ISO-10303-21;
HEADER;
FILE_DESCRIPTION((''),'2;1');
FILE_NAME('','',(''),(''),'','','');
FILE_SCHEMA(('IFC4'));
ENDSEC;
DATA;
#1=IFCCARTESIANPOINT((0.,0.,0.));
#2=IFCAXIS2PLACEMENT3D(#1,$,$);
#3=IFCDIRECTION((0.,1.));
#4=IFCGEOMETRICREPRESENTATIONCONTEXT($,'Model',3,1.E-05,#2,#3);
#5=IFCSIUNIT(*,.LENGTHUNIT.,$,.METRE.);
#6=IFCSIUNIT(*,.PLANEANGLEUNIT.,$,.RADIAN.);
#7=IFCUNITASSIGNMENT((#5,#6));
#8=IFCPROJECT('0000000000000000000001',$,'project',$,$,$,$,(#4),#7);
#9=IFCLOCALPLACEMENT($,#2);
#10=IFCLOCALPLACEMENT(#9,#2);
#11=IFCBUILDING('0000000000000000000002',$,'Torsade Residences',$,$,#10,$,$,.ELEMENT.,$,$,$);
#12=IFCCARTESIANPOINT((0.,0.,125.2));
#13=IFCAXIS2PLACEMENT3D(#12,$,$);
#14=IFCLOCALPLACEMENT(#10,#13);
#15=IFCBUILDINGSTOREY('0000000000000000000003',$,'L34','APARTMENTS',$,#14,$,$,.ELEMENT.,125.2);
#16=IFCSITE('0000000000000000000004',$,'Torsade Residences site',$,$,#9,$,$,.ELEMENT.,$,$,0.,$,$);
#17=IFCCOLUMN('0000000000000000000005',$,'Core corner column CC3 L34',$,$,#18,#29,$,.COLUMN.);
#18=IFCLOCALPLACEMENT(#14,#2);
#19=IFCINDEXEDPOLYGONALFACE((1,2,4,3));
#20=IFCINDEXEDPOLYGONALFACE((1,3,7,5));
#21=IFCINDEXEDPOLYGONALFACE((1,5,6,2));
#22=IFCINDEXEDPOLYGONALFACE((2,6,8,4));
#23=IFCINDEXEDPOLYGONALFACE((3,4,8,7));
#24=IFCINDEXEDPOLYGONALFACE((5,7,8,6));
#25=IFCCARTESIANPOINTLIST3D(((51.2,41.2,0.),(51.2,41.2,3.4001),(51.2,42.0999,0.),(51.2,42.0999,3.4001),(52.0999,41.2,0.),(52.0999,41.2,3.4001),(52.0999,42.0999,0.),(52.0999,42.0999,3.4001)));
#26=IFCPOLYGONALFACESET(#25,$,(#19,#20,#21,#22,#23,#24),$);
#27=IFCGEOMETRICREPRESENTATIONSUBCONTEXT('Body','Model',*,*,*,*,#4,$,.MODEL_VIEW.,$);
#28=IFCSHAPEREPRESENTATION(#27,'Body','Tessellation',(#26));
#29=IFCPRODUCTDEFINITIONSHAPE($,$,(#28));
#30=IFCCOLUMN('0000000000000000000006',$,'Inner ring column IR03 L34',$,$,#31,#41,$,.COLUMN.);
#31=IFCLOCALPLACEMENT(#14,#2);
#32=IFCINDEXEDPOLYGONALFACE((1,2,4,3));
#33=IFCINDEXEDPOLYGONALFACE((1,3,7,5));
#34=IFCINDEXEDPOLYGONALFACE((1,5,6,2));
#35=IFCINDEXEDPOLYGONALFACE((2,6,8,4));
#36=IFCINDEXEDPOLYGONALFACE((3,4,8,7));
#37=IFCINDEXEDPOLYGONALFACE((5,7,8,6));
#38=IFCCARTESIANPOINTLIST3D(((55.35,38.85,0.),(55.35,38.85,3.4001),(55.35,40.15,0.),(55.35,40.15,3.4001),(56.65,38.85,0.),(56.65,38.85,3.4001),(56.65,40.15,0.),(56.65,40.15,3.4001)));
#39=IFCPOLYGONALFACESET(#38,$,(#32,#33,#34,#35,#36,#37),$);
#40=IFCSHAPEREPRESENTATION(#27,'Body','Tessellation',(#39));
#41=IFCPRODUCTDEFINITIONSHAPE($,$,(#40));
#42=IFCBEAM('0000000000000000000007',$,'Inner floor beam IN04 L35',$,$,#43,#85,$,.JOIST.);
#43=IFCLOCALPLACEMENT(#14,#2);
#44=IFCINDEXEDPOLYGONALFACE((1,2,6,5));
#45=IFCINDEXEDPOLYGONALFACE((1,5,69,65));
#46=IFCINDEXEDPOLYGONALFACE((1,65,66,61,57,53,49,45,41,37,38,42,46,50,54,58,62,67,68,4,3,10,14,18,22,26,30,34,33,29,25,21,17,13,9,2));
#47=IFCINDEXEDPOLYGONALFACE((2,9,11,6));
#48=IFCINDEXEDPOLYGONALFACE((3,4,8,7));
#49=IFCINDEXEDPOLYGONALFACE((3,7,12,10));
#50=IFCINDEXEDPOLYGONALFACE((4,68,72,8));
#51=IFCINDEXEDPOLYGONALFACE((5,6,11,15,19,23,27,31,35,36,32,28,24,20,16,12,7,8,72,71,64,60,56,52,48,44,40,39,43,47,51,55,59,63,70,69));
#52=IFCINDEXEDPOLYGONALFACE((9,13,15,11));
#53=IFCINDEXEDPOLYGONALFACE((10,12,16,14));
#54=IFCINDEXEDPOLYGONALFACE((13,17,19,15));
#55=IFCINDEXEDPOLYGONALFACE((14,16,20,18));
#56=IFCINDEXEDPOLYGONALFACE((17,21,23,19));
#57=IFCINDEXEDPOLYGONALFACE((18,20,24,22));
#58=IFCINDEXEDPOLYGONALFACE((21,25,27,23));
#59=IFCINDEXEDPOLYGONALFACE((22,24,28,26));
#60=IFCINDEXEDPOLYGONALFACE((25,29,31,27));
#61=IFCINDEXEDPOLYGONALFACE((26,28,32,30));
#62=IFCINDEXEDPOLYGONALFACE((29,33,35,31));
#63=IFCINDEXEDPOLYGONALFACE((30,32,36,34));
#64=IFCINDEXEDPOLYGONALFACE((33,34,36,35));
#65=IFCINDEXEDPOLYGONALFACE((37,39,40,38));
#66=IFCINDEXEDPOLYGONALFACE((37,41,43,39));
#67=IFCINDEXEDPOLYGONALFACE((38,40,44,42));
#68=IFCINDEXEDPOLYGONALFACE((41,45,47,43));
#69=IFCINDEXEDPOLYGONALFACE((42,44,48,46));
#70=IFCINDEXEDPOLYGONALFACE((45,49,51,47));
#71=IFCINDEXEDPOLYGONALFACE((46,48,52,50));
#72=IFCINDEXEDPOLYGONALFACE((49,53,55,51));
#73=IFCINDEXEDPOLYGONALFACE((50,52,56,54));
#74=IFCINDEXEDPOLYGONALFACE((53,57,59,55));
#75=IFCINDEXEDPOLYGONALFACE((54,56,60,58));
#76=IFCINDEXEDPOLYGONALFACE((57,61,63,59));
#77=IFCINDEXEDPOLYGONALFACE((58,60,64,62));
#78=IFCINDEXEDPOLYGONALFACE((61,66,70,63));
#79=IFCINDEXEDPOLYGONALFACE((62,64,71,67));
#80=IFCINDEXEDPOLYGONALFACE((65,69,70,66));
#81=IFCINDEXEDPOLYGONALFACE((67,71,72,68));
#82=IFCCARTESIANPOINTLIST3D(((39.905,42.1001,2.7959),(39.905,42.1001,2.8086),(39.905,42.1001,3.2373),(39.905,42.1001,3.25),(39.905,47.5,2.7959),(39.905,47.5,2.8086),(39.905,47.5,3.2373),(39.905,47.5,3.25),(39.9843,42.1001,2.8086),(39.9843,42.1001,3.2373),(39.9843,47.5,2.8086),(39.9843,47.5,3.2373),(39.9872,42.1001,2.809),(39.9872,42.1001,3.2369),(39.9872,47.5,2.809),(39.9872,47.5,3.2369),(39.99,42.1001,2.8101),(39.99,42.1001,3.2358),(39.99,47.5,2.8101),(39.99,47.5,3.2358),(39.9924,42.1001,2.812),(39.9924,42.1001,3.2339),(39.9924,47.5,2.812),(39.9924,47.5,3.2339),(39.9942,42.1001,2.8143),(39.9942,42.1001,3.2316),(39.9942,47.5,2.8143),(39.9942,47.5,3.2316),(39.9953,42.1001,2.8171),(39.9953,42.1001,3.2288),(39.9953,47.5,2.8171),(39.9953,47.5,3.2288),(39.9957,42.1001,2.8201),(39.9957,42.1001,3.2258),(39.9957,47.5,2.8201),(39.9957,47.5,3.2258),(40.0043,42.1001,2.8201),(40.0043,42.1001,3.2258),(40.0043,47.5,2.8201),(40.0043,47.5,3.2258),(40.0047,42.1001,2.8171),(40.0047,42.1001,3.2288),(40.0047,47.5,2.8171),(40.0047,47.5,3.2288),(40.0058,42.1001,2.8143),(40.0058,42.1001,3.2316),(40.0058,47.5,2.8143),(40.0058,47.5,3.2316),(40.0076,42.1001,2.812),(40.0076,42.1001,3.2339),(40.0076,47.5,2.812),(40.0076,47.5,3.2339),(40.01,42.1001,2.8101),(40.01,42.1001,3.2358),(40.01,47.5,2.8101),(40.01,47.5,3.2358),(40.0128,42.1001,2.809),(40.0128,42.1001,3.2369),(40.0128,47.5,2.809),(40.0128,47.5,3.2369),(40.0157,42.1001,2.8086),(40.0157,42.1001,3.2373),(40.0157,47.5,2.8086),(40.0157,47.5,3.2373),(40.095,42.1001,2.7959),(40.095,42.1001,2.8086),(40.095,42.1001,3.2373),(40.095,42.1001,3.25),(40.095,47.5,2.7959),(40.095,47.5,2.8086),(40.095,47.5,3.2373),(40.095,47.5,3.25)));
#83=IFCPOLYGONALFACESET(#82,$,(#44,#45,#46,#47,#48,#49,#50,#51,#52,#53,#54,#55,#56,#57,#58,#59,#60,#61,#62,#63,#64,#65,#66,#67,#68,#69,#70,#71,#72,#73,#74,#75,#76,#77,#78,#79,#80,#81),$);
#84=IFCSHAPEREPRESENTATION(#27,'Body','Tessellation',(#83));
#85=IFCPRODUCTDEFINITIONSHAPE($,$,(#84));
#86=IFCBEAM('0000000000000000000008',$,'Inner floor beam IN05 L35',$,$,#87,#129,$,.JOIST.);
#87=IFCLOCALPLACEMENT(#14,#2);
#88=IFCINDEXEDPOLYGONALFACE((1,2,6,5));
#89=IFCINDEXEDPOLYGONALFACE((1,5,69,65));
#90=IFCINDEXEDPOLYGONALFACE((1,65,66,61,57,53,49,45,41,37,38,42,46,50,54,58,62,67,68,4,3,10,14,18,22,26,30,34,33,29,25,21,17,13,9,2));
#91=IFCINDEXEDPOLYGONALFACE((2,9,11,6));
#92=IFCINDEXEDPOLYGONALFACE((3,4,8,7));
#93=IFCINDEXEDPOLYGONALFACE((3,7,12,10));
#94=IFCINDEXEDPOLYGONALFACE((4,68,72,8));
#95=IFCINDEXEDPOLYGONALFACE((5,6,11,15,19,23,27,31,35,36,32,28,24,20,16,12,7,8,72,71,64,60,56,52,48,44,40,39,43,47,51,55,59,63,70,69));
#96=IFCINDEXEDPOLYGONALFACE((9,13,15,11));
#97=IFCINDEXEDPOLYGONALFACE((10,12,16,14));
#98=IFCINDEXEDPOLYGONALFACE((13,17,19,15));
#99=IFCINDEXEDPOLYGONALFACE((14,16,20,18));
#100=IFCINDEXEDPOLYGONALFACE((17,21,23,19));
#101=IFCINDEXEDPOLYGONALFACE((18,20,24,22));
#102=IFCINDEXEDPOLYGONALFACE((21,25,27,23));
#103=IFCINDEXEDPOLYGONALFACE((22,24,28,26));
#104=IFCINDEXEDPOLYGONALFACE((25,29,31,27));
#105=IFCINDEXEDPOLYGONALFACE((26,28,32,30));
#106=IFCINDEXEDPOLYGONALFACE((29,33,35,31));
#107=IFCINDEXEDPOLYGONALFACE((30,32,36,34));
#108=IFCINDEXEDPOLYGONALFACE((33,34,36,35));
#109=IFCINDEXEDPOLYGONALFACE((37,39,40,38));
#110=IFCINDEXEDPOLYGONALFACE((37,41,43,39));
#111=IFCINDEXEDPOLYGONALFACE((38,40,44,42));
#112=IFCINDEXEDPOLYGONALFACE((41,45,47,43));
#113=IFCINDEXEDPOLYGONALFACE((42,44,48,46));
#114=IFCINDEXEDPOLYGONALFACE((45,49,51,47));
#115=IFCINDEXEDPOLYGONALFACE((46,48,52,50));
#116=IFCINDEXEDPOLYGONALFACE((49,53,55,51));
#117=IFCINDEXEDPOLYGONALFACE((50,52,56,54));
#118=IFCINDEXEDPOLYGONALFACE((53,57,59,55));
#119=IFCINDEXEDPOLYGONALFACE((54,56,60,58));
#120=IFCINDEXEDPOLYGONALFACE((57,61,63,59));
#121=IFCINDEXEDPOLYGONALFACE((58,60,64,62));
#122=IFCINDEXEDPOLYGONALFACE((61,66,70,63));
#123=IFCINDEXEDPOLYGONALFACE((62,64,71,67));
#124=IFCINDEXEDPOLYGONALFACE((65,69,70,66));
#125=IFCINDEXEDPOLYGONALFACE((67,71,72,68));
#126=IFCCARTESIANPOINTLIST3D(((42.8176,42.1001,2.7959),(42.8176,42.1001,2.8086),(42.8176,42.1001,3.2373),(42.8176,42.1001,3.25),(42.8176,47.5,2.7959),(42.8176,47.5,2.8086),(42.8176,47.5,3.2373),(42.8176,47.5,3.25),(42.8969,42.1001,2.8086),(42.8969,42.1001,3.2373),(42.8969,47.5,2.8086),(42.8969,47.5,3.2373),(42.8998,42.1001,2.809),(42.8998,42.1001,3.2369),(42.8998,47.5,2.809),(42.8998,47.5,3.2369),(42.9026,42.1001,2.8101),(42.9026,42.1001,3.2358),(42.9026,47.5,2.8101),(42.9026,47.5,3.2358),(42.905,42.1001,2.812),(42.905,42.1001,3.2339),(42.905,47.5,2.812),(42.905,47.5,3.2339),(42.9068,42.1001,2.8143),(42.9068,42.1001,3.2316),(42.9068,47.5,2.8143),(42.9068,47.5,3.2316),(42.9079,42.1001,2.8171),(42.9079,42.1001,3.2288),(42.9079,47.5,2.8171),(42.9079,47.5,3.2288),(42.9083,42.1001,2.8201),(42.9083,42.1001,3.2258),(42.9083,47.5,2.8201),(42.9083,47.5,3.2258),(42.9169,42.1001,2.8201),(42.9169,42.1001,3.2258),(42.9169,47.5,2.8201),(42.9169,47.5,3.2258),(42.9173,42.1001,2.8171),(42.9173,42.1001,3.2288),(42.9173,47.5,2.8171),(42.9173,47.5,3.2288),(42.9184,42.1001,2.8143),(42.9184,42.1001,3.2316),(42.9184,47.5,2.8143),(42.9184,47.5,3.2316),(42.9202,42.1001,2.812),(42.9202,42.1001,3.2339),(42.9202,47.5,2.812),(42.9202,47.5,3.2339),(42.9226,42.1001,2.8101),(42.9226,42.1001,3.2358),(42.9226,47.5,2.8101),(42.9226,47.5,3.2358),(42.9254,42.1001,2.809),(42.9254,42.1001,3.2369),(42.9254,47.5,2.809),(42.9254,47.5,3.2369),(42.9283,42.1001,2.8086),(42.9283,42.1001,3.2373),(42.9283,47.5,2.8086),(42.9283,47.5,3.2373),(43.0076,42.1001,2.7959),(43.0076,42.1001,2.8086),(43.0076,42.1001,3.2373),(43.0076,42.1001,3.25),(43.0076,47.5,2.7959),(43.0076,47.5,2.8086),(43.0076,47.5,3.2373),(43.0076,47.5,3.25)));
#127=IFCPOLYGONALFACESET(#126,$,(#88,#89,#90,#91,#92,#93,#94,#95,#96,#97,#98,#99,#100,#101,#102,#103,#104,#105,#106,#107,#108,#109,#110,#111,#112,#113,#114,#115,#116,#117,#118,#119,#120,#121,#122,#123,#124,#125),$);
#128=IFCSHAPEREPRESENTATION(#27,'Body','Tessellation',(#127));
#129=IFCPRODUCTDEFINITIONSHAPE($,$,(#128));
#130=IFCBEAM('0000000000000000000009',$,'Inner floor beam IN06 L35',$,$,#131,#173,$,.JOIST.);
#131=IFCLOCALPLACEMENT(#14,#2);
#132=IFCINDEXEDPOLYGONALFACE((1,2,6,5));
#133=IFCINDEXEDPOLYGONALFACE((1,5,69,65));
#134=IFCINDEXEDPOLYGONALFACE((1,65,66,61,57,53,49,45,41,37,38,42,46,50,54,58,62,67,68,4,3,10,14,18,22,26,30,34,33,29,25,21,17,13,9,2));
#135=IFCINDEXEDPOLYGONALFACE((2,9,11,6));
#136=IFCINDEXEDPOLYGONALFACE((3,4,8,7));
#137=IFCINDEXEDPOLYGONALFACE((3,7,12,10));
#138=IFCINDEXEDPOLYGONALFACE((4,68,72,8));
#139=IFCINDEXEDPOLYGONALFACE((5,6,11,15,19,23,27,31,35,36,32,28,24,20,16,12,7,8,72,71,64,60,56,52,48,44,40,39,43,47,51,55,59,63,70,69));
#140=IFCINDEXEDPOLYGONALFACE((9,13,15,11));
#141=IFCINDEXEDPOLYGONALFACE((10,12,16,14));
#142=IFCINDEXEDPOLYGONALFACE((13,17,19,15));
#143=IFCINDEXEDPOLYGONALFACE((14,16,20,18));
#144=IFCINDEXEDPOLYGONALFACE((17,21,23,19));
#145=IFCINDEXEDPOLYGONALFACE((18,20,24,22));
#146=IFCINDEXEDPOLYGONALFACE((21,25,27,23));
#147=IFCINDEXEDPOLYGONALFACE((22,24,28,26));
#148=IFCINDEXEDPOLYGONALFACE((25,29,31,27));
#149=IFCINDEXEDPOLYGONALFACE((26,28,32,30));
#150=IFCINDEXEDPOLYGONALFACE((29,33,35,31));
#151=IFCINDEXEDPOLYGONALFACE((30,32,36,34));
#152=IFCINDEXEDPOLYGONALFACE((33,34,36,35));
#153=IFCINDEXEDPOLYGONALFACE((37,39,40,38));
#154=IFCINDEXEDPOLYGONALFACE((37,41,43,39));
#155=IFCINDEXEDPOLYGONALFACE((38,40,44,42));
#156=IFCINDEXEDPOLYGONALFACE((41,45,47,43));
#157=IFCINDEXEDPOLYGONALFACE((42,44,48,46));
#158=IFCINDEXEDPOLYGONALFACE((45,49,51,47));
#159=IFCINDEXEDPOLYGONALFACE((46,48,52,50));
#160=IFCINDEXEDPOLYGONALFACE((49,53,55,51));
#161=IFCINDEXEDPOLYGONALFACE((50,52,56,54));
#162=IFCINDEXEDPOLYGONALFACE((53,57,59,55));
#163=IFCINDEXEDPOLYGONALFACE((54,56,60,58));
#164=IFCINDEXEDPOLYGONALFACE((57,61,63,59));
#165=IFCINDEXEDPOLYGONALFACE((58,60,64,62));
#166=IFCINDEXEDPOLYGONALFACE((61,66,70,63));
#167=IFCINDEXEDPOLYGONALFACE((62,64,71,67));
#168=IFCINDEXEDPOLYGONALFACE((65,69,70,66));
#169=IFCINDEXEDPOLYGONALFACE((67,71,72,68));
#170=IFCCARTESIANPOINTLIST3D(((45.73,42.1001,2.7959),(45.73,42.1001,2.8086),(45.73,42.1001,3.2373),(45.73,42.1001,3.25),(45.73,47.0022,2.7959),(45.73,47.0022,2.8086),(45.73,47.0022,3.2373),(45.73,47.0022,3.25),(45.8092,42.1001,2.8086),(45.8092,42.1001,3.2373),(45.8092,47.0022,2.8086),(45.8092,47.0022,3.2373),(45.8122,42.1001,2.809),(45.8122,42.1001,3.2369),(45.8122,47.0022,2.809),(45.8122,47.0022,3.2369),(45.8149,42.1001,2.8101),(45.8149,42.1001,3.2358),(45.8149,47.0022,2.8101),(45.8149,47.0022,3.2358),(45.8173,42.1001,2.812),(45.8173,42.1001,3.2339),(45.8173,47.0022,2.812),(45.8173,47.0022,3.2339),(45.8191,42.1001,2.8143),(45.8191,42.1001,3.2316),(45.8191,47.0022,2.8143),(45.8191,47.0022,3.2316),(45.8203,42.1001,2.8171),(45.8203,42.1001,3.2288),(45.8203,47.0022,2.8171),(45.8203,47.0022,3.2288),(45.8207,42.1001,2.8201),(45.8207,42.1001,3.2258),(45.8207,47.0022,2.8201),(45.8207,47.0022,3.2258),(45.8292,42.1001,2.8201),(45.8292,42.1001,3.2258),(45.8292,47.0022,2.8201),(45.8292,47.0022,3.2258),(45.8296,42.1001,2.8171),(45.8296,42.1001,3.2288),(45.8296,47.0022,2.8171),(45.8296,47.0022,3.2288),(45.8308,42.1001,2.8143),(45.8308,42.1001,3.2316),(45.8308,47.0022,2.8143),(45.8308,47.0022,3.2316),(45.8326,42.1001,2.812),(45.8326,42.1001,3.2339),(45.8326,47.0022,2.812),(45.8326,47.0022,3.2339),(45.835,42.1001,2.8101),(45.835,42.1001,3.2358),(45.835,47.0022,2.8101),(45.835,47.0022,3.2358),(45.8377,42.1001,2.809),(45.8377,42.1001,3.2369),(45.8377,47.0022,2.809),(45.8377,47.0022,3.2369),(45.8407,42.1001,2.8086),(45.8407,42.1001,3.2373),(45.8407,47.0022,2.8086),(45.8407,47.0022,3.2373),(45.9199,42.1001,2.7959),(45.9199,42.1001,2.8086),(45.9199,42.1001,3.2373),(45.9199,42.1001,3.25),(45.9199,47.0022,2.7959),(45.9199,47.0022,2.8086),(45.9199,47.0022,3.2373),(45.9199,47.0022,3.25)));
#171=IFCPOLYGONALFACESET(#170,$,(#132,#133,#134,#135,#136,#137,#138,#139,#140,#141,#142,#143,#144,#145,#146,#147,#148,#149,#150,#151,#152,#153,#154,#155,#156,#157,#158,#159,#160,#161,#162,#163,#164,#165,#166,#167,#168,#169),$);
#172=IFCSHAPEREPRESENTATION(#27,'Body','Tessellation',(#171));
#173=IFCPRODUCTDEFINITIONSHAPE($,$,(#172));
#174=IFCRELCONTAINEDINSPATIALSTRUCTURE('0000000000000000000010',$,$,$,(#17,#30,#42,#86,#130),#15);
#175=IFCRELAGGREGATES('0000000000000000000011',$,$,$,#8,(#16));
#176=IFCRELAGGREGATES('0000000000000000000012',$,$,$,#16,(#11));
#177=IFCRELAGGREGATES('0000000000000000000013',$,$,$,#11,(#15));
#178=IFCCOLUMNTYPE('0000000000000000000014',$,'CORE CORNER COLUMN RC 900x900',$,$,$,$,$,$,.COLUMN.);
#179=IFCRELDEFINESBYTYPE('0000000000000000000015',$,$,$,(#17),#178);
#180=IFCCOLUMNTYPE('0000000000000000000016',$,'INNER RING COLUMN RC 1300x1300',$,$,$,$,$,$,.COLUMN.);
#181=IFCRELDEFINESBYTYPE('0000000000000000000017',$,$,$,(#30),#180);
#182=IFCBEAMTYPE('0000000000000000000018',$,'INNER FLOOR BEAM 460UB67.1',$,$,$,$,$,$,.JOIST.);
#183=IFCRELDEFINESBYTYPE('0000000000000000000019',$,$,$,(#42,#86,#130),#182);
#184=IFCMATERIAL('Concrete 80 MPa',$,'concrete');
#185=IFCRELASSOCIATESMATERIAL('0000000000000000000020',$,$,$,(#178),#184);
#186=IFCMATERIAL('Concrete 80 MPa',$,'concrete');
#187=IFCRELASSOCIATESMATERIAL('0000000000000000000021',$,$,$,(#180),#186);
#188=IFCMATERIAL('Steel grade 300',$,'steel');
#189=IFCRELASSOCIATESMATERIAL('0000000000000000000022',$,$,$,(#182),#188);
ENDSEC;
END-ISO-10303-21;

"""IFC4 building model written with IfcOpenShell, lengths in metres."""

from ifc_helpers import new_model, si_unit, direction, frame, origin, origin_2d, place, context, subcontext, project, spatial, rectangle, i_section, extrude, material, material_profile, profile_set, type_object, element, save


model = new_model("IFC4")

# Units and contexts
model_context = context("Model", 3, precision=1e-05, world=origin(), true_north=direction((0.0, 1.0)))
body_context = subcontext(model_context, "Body", "Model", "MODEL_VIEW")
ifc_project = project(units=[si_unit("LENGTHUNIT", "METRE"), si_unit("PLANEANGLEUNIT", "RADIAN")], contexts=[model_context])

# Site, building, storey
site_placement = place(None, origin())
site = spatial("IfcSite", under=ifc_project, at=site_placement, Name="Torsade Residences site", CompositionType="ELEMENT", RefElevation=0.0)
building_placement = place(site_placement, origin())
building = spatial("IfcBuilding", under=site, at=building_placement, Name="Torsade Residences", CompositionType="ELEMENT")
storey_placement = place(building_placement, frame((0.0, 0.0, 125.2)))
storey = spatial("IfcBuildingStorey", under=building, at=storey_placement, Name="L34", Description="APARTMENTS", CompositionType="ELEMENT", Elevation=125.2)

# Columns
ifc_material_1 = material(Name="Concrete 80 MPa", Category="concrete")
ifc_material_profile_1 = material_profile(ifc_material_1, rectangle(XDim=0.8999, YDim=0.8999, at=origin_2d()), Name="RC 900x900")
ifc_profile_set_1 = profile_set([ifc_material_profile_1], Name="Concrete 80 MPa")
column_type_1 = type_object("IfcColumnType", Name="CORE CORNER COLUMN RC 900x900", PredefinedType="COLUMN", material=ifc_profile_set_1)
column_1_placement = place(storey_placement, frame((51.6499, 41.6499, 0.0), z_axis=(0.0, 0.0, 1.0), x_axis=(1.0, 0.0, 0.0)))
element("IfcColumn", 1, at=column_1_placement, inside=storey, type_object=column_type_1, Name="Core corner column CC3 L34", PredefinedType="COLUMN", context=body_context, shape_type="SweptSolid", body=[
    extrude(rectangle(XDim=0.8999, YDim=0.8999, at=origin_2d()), origin(), (0.0, 0.0, 1.0), 3.4001),
])
ifc_material_2 = material(Name="Concrete 80 MPa", Category="concrete")
ifc_material_profile_2 = material_profile(ifc_material_2, rectangle(XDim=1.3, YDim=1.3, at=origin_2d()), Name="RC 1300x1300")
ifc_profile_set_2 = profile_set([ifc_material_profile_2], Name="Concrete 80 MPa")
column_type_2 = type_object("IfcColumnType", Name="INNER RING COLUMN RC 1300x1300", PredefinedType="COLUMN", material=ifc_profile_set_2)
column_2_placement = place(storey_placement, frame((56.0, 39.5, 0.0), z_axis=(0.0, 0.0, 1.0), x_axis=(1.0, 0.0, 0.0)))
element("IfcColumn", 2, at=column_2_placement, inside=storey, type_object=column_type_2, Name="Inner ring column IR03 L34", PredefinedType="COLUMN", context=body_context, shape_type="SweptSolid", body=[
    extrude(rectangle(XDim=1.3, YDim=1.3, at=origin_2d()), origin(), (0.0, 0.0, 1.0), 3.4001),
])

# Beams
ifc_material_3 = material(Name="Steel grade 300", Category="steel")
ifc_material_profile_3 = material_profile(ifc_material_3, i_section(OverallWidth=0.1899, OverallDepth=0.4541, WebThickness=0.0085, FlangeThickness=0.0127, FilletRadius=0.0115, at=origin_2d()), Name="460UB67.1")
ifc_profile_set_3 = profile_set([ifc_material_profile_3], Name="Steel grade 300")
beam_type_1 = type_object("IfcBeamType", Name="INNER FLOOR BEAM 460UB67.1", PredefinedType="JOIST", material=ifc_profile_set_3)
for number, where, z_axis, x_axis, name in (
    (3, (40.0, 42.1001, 3.0229), (0.0, 1.0, 0.0), (-1.0, 0.0, 0.0), "Inner floor beam IN04 L35"),
    (4, (42.9126, 42.1001, 3.0229), (0.0, 1.0, 0.0), (-1.0, 0.0, 0.0), "Inner floor beam IN05 L35"),
):
    element("IfcBeam", number, at=place(storey_placement, frame(where, z_axis=z_axis, x_axis=x_axis)), inside=storey, type_object=beam_type_1, Name=name, PredefinedType="JOIST", context=body_context, shape_type="SweptSolid", body=[
        extrude(i_section(OverallWidth=0.1899, OverallDepth=0.4541, WebThickness=0.0085, FlangeThickness=0.0127, FilletRadius=0.0115, at=origin_2d()), origin(), (0.0, 0.0, 1.0), 5.3999),
    ])
beam_1_placement = place(storey_placement, frame((45.825, 42.1001, 3.0229), z_axis=(0.0, 1.0, 0.0), x_axis=(-1.0, 0.0, 0.0)))
element("IfcBeam", 5, at=beam_1_placement, inside=storey, type_object=beam_type_1, Name="Inner floor beam IN06 L35", PredefinedType="JOIST", context=body_context, shape_type="SweptSolid", body=[
    extrude(i_section(OverallWidth=0.1899, OverallDepth=0.4541, WebThickness=0.0085, FlangeThickness=0.0127, FilletRadius=0.0115, at=origin_2d()), origin(), (0.0, 0.0, 1.0), 4.9021),
])

save(model, "model.ifc")
